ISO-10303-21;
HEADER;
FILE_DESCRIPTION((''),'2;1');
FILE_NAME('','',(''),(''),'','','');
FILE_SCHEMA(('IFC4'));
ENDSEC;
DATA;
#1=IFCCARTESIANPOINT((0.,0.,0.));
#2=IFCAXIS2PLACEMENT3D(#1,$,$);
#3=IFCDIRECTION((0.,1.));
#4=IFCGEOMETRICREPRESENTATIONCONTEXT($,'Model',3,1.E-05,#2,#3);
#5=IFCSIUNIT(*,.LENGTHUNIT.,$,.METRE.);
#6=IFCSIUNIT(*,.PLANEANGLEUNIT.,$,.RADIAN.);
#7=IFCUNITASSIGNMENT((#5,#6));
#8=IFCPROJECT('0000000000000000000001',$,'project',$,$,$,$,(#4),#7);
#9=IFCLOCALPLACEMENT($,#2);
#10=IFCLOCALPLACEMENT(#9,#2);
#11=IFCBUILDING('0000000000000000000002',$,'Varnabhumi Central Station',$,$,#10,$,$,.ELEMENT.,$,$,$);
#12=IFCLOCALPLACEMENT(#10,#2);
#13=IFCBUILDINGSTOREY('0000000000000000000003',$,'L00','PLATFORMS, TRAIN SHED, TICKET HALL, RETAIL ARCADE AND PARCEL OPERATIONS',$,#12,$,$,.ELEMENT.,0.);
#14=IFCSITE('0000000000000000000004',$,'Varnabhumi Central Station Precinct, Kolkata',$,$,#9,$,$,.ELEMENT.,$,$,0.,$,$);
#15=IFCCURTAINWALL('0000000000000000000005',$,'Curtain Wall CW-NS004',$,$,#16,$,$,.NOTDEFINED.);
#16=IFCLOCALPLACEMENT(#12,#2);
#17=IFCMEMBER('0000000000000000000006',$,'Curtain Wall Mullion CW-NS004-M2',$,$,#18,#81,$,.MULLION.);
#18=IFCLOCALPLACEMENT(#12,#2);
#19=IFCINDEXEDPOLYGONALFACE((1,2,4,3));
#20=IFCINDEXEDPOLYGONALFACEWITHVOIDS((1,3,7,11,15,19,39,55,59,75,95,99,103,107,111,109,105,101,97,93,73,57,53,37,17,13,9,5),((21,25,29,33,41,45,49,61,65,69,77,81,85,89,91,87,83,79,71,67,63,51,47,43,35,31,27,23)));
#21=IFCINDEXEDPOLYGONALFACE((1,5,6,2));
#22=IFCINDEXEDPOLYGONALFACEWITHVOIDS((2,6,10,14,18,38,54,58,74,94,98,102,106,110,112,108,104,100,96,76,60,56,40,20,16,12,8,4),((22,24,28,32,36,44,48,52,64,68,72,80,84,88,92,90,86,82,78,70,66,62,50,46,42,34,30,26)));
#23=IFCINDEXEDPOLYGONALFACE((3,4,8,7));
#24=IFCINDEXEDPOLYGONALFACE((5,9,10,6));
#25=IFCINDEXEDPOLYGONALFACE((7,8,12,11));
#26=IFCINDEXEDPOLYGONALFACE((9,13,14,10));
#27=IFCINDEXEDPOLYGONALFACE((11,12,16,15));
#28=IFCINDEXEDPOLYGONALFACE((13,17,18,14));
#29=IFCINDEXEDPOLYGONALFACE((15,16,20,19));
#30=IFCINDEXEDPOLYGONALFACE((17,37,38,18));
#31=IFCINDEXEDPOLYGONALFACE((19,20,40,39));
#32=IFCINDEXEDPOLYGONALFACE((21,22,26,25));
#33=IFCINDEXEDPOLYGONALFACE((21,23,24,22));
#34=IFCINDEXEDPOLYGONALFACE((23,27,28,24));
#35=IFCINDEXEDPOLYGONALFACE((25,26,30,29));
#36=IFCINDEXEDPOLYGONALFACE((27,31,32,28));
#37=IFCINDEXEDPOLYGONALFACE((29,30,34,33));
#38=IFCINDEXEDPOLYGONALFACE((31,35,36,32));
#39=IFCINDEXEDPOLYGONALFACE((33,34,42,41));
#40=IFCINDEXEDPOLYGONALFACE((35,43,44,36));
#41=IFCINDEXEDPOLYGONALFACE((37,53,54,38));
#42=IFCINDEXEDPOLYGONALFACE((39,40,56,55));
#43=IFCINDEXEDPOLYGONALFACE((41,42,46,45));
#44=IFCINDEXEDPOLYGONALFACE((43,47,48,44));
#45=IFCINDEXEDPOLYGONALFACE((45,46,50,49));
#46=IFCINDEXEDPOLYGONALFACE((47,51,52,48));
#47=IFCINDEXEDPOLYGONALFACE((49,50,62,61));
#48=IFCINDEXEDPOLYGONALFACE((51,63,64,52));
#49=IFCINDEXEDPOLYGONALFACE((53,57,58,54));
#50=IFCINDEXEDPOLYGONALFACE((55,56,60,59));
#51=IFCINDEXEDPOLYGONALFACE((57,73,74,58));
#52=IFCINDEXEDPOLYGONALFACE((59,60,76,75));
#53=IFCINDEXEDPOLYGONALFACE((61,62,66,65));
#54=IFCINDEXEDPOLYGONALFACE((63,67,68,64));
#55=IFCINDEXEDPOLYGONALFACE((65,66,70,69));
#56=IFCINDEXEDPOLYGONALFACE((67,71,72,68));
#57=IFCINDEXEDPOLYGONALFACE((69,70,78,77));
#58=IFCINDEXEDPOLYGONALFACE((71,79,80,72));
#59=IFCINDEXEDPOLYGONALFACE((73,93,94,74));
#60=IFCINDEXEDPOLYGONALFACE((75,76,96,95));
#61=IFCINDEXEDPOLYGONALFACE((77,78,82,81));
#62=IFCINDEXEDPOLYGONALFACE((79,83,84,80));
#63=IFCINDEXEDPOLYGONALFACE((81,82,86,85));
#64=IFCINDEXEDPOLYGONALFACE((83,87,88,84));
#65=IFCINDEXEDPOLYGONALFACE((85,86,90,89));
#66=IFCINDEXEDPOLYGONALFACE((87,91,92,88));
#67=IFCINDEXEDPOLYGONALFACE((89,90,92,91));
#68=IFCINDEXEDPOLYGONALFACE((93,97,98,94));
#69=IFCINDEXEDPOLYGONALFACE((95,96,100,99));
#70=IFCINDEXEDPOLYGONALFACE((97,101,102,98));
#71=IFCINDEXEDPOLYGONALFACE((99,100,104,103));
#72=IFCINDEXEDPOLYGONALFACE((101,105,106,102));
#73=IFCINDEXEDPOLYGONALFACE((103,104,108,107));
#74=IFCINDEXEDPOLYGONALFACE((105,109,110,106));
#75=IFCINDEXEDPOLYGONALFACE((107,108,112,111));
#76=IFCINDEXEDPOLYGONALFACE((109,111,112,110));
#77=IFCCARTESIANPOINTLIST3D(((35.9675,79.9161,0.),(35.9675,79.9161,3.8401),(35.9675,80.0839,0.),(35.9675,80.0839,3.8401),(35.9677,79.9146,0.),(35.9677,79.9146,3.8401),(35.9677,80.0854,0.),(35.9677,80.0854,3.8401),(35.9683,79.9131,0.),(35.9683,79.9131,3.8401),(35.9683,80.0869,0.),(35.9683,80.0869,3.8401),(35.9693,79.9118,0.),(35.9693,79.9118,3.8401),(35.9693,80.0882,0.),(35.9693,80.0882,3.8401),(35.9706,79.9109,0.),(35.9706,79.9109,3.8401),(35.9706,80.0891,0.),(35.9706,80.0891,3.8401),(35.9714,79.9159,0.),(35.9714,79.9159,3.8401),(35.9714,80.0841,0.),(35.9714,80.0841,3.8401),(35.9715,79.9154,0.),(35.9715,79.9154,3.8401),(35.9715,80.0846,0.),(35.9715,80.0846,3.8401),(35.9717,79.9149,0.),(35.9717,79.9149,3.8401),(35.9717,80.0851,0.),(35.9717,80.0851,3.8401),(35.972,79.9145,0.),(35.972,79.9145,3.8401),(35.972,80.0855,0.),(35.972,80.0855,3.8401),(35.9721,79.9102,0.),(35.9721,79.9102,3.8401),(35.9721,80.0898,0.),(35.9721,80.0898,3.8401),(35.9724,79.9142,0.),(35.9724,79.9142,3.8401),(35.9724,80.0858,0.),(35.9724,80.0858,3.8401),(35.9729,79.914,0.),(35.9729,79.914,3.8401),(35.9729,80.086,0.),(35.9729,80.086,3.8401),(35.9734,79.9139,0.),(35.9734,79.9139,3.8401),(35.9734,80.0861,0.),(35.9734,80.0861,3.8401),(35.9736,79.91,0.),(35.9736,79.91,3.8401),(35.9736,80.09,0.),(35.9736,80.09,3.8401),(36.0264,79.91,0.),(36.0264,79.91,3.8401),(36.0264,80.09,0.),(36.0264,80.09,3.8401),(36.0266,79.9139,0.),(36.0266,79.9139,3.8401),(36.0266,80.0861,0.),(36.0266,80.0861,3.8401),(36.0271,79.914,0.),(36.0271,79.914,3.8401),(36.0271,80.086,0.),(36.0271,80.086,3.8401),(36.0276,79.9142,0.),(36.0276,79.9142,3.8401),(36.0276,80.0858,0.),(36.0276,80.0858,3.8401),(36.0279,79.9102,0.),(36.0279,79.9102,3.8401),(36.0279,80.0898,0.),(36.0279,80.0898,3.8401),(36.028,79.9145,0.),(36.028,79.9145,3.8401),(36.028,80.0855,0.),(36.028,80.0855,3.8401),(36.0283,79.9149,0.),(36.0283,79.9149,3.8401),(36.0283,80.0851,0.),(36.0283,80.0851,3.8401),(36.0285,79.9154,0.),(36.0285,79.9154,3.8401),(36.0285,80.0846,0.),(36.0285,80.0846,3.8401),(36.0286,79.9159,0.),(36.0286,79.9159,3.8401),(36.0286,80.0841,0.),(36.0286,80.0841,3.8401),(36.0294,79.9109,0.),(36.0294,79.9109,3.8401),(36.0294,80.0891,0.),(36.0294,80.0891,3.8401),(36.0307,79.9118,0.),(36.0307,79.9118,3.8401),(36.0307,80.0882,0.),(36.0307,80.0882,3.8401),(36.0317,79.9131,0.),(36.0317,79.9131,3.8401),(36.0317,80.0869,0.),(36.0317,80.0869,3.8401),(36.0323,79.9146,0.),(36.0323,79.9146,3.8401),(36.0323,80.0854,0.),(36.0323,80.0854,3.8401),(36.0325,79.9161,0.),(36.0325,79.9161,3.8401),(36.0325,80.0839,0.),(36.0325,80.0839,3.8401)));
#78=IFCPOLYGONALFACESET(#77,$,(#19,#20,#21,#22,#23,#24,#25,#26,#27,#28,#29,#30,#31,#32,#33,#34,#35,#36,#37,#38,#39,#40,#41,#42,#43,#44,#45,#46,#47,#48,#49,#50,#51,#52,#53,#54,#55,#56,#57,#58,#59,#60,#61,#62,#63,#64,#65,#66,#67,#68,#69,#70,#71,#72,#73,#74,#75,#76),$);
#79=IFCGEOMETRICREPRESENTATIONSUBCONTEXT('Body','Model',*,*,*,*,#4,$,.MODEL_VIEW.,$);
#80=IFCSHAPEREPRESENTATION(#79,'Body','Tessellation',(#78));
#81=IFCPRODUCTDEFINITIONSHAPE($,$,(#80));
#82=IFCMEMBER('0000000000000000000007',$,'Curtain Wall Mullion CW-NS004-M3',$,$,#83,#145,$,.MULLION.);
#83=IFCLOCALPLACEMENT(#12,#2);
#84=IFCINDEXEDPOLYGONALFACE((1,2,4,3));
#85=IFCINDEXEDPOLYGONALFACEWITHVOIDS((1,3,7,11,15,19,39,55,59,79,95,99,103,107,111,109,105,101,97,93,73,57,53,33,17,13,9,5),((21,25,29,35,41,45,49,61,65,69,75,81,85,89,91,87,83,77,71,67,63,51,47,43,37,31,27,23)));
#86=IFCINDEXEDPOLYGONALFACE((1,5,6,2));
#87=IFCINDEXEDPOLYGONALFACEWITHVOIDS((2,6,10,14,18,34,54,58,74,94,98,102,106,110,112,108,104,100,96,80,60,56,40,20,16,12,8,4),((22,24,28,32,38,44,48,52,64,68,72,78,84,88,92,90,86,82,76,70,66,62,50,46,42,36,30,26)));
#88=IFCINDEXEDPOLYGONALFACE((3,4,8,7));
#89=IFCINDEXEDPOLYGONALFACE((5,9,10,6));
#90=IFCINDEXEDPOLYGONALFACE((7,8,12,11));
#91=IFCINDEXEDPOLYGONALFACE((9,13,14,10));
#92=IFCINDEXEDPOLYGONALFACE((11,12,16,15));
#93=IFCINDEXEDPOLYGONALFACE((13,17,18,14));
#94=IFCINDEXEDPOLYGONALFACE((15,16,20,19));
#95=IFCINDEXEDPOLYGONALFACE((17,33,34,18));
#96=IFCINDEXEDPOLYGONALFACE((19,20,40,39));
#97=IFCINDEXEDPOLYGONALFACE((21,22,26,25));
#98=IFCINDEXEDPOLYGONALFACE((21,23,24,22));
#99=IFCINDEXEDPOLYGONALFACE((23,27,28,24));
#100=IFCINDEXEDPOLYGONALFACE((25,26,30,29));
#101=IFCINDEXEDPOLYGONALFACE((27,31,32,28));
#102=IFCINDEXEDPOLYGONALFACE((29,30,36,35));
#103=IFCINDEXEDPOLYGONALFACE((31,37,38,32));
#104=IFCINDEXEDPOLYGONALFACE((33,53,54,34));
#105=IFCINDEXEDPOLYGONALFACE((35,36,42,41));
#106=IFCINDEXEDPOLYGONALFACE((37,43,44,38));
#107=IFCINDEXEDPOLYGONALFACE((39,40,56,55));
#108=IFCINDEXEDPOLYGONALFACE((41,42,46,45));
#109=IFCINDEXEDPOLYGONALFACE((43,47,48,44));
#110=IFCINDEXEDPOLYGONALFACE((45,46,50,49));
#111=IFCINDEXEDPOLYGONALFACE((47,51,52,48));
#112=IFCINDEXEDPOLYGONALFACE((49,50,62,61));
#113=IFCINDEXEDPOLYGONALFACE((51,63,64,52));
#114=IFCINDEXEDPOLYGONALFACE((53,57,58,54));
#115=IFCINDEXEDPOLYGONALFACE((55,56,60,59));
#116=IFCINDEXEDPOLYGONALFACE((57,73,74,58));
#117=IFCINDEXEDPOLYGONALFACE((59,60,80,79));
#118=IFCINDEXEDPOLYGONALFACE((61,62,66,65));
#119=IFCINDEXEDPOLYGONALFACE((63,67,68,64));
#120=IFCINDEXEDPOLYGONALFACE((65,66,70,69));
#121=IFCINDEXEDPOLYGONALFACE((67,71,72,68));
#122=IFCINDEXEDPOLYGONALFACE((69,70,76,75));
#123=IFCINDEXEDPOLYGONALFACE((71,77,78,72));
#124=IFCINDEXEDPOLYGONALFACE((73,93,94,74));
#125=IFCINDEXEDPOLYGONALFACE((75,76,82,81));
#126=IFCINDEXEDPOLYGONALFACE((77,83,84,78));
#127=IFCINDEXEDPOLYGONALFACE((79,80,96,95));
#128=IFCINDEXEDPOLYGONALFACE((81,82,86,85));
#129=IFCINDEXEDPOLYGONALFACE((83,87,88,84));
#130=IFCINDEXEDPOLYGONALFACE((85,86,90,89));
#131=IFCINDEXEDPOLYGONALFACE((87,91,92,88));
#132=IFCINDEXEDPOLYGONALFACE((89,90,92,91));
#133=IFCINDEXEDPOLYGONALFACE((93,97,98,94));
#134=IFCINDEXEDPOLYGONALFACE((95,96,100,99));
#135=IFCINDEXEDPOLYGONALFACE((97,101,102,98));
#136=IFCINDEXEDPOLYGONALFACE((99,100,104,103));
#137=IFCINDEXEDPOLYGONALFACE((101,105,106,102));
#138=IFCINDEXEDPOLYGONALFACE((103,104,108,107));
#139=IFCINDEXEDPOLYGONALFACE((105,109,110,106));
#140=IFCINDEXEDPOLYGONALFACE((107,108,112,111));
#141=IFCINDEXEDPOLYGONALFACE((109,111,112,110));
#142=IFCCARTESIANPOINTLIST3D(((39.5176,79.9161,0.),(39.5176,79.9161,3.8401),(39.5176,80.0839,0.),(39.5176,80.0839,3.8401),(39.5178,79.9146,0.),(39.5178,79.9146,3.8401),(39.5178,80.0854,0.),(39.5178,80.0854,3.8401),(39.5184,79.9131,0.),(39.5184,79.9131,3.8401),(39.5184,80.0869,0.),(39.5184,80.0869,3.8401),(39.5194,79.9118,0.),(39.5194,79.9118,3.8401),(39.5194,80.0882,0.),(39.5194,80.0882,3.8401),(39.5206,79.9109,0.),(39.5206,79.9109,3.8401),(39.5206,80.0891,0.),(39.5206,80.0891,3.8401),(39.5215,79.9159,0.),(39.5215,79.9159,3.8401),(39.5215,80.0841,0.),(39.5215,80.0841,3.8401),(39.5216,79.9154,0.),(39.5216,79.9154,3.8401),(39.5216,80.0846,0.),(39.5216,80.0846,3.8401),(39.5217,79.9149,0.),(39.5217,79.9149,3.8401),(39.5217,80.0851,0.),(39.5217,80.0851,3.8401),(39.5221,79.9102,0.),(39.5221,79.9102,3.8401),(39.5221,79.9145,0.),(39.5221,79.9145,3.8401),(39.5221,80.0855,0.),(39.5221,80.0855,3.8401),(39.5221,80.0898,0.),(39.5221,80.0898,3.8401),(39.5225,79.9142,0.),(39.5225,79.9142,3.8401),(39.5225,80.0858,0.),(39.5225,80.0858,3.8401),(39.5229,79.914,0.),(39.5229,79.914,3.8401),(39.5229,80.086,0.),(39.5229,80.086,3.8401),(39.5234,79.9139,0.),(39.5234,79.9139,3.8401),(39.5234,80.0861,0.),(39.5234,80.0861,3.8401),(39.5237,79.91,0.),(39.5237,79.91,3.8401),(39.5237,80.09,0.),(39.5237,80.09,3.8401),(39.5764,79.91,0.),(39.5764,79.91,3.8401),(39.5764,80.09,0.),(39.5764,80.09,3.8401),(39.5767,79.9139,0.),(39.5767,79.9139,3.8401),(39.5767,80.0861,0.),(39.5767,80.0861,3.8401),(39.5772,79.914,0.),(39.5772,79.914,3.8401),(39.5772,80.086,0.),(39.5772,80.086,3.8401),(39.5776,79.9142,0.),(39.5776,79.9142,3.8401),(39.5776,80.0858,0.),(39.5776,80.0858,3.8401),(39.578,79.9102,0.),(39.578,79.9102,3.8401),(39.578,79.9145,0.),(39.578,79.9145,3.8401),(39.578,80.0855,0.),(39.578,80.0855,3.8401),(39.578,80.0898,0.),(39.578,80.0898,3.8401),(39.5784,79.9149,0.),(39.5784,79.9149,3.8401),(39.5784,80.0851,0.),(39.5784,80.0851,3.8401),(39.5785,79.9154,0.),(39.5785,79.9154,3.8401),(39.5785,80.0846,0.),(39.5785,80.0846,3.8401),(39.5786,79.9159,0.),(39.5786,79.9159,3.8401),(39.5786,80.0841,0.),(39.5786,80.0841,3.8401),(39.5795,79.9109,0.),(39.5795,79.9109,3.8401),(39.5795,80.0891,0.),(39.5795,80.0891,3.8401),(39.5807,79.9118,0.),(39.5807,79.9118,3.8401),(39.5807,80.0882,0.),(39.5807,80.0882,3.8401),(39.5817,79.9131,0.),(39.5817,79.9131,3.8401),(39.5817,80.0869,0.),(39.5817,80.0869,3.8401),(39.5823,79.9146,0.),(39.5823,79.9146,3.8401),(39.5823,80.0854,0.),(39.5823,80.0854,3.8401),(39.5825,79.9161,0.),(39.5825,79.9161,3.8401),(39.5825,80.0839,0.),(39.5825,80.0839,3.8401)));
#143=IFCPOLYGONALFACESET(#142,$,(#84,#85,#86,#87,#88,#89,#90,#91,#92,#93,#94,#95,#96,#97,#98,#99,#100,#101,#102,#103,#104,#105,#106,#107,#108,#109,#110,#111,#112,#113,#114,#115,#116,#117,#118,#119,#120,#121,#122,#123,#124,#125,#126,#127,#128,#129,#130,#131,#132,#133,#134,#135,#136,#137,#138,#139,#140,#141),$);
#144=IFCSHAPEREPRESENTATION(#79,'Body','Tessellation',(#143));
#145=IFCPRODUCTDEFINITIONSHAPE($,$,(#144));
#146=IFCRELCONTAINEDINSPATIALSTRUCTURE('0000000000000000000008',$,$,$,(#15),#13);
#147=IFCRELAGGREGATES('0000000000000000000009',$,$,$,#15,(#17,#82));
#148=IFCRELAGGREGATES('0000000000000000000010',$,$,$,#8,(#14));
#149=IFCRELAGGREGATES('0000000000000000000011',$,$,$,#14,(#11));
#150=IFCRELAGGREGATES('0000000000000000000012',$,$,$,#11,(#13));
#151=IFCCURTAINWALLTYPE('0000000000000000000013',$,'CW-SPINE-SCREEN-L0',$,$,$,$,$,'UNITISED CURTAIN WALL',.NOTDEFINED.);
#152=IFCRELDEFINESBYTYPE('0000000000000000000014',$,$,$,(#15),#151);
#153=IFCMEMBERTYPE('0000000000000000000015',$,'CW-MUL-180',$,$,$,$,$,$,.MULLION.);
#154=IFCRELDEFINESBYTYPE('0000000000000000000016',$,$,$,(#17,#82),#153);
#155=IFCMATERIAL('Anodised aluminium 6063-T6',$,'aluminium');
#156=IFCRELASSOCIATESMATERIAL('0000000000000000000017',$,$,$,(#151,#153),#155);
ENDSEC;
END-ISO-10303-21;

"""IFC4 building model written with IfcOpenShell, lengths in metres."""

from ifc_helpers import new_model, si_unit, direction, frame, origin, origin_2d, place, context, subcontext, project, spatial, hollow_rectangle, extrude, material, material_profile, profile_set, type_object, element, aggregate, save


model = new_model("IFC4")

# Units and contexts
model_context = context("Model", 3, precision=1e-05, world=origin(), true_north=direction((0.0, 1.0)))
body_context = subcontext(model_context, "Body", "Model", "MODEL_VIEW")
ifc_project = project(units=[si_unit("LENGTHUNIT", "METRE"), si_unit("PLANEANGLEUNIT", "RADIAN")], contexts=[model_context])

# Site, building, storey
site_placement = place(None, origin())
site = spatial("IfcSite", under=ifc_project, at=site_placement, Name="Varnabhumi Central Station Precinct, Kolkata", CompositionType="ELEMENT", RefElevation=0.0)
building_placement = place(site_placement, origin())
building = spatial("IfcBuilding", under=site, at=building_placement, Name="Varnabhumi Central Station", CompositionType="ELEMENT")
storey_placement = place(building_placement, origin())
storey = spatial("IfcBuildingStorey", under=building, at=storey_placement, Name="L00", Description="PLATFORMS, TRAIN SHED, TICKET HALL, RETAIL ARCADE AND PARCEL OPERATIONS", CompositionType="ELEMENT", Elevation=0.0)

# Curtain wall, members
ifc_material_1 = material(Name="Anodised aluminium 6063-T6", Category="aluminium")
curtain_wall_type = type_object("IfcCurtainWallType", Name="CW-SPINE-SCREEN-L0", ElementType="UNITISED CURTAIN WALL", PredefinedType="NOTDEFINED", material=ifc_material_1)
curtain_wall_placement = place(storey_placement, origin())
curtain_wall = element("IfcCurtainWall", 1, at=curtain_wall_placement, inside=storey, type_object=curtain_wall_type, Name="Curtain Wall CW-NS004", PredefinedType="NOTDEFINED")
ifc_material_profile_1 = material_profile(ifc_material_1, hollow_rectangle(XDim=0.0649, YDim=0.1799, WallThickness=0.0039, InnerFilletRadius=0.002, OuterFilletRadius=0.0061, at=origin_2d()), Name="Anodised aluminium 6063-T6", Category="aluminium")
ifc_profile_set_1 = profile_set([ifc_material_profile_1], Name="Anodised aluminium 6063-T6")
member_type_1 = type_object("IfcMemberType", Name="CW-MUL-180", PredefinedType="MULLION", material=ifc_profile_set_1)
member_1_placement = place(storey_placement, frame((36.0, 80.0, 0.0), z_axis=(0.0, 0.0, 1.0), x_axis=(1.0, 0.0, 0.0)))
member_1 = element("IfcMember", 2, at=member_1_placement, type_object=member_type_1, Name="Curtain Wall Mullion CW-NS004-M2", PredefinedType="MULLION", context=body_context, shape_type="SweptSolid", body=[
    extrude(hollow_rectangle(XDim=0.0649, YDim=0.1799, WallThickness=0.0039, InnerFilletRadius=0.002, OuterFilletRadius=0.0061, at=origin_2d()), origin(), (0.0, 0.0, 1.0), 3.8401),
])
member_2_placement = place(storey_placement, frame((39.55, 80.0, 0.0), z_axis=(0.0, 0.0, 1.0), x_axis=(1.0, 0.0, 0.0)))
member_2 = element("IfcMember", 3, at=member_2_placement, type_object=member_type_1, Name="Curtain Wall Mullion CW-NS004-M3", PredefinedType="MULLION", context=body_context, shape_type="SweptSolid", body=[
    extrude(hollow_rectangle(XDim=0.0649, YDim=0.1799, WallThickness=0.0039, InnerFilletRadius=0.002, OuterFilletRadius=0.0061, at=origin_2d()), origin(), (0.0, 0.0, 1.0), 3.8401),
])
aggregate(curtain_wall, [member_1, member_2])

save(model, "model.ifc")
